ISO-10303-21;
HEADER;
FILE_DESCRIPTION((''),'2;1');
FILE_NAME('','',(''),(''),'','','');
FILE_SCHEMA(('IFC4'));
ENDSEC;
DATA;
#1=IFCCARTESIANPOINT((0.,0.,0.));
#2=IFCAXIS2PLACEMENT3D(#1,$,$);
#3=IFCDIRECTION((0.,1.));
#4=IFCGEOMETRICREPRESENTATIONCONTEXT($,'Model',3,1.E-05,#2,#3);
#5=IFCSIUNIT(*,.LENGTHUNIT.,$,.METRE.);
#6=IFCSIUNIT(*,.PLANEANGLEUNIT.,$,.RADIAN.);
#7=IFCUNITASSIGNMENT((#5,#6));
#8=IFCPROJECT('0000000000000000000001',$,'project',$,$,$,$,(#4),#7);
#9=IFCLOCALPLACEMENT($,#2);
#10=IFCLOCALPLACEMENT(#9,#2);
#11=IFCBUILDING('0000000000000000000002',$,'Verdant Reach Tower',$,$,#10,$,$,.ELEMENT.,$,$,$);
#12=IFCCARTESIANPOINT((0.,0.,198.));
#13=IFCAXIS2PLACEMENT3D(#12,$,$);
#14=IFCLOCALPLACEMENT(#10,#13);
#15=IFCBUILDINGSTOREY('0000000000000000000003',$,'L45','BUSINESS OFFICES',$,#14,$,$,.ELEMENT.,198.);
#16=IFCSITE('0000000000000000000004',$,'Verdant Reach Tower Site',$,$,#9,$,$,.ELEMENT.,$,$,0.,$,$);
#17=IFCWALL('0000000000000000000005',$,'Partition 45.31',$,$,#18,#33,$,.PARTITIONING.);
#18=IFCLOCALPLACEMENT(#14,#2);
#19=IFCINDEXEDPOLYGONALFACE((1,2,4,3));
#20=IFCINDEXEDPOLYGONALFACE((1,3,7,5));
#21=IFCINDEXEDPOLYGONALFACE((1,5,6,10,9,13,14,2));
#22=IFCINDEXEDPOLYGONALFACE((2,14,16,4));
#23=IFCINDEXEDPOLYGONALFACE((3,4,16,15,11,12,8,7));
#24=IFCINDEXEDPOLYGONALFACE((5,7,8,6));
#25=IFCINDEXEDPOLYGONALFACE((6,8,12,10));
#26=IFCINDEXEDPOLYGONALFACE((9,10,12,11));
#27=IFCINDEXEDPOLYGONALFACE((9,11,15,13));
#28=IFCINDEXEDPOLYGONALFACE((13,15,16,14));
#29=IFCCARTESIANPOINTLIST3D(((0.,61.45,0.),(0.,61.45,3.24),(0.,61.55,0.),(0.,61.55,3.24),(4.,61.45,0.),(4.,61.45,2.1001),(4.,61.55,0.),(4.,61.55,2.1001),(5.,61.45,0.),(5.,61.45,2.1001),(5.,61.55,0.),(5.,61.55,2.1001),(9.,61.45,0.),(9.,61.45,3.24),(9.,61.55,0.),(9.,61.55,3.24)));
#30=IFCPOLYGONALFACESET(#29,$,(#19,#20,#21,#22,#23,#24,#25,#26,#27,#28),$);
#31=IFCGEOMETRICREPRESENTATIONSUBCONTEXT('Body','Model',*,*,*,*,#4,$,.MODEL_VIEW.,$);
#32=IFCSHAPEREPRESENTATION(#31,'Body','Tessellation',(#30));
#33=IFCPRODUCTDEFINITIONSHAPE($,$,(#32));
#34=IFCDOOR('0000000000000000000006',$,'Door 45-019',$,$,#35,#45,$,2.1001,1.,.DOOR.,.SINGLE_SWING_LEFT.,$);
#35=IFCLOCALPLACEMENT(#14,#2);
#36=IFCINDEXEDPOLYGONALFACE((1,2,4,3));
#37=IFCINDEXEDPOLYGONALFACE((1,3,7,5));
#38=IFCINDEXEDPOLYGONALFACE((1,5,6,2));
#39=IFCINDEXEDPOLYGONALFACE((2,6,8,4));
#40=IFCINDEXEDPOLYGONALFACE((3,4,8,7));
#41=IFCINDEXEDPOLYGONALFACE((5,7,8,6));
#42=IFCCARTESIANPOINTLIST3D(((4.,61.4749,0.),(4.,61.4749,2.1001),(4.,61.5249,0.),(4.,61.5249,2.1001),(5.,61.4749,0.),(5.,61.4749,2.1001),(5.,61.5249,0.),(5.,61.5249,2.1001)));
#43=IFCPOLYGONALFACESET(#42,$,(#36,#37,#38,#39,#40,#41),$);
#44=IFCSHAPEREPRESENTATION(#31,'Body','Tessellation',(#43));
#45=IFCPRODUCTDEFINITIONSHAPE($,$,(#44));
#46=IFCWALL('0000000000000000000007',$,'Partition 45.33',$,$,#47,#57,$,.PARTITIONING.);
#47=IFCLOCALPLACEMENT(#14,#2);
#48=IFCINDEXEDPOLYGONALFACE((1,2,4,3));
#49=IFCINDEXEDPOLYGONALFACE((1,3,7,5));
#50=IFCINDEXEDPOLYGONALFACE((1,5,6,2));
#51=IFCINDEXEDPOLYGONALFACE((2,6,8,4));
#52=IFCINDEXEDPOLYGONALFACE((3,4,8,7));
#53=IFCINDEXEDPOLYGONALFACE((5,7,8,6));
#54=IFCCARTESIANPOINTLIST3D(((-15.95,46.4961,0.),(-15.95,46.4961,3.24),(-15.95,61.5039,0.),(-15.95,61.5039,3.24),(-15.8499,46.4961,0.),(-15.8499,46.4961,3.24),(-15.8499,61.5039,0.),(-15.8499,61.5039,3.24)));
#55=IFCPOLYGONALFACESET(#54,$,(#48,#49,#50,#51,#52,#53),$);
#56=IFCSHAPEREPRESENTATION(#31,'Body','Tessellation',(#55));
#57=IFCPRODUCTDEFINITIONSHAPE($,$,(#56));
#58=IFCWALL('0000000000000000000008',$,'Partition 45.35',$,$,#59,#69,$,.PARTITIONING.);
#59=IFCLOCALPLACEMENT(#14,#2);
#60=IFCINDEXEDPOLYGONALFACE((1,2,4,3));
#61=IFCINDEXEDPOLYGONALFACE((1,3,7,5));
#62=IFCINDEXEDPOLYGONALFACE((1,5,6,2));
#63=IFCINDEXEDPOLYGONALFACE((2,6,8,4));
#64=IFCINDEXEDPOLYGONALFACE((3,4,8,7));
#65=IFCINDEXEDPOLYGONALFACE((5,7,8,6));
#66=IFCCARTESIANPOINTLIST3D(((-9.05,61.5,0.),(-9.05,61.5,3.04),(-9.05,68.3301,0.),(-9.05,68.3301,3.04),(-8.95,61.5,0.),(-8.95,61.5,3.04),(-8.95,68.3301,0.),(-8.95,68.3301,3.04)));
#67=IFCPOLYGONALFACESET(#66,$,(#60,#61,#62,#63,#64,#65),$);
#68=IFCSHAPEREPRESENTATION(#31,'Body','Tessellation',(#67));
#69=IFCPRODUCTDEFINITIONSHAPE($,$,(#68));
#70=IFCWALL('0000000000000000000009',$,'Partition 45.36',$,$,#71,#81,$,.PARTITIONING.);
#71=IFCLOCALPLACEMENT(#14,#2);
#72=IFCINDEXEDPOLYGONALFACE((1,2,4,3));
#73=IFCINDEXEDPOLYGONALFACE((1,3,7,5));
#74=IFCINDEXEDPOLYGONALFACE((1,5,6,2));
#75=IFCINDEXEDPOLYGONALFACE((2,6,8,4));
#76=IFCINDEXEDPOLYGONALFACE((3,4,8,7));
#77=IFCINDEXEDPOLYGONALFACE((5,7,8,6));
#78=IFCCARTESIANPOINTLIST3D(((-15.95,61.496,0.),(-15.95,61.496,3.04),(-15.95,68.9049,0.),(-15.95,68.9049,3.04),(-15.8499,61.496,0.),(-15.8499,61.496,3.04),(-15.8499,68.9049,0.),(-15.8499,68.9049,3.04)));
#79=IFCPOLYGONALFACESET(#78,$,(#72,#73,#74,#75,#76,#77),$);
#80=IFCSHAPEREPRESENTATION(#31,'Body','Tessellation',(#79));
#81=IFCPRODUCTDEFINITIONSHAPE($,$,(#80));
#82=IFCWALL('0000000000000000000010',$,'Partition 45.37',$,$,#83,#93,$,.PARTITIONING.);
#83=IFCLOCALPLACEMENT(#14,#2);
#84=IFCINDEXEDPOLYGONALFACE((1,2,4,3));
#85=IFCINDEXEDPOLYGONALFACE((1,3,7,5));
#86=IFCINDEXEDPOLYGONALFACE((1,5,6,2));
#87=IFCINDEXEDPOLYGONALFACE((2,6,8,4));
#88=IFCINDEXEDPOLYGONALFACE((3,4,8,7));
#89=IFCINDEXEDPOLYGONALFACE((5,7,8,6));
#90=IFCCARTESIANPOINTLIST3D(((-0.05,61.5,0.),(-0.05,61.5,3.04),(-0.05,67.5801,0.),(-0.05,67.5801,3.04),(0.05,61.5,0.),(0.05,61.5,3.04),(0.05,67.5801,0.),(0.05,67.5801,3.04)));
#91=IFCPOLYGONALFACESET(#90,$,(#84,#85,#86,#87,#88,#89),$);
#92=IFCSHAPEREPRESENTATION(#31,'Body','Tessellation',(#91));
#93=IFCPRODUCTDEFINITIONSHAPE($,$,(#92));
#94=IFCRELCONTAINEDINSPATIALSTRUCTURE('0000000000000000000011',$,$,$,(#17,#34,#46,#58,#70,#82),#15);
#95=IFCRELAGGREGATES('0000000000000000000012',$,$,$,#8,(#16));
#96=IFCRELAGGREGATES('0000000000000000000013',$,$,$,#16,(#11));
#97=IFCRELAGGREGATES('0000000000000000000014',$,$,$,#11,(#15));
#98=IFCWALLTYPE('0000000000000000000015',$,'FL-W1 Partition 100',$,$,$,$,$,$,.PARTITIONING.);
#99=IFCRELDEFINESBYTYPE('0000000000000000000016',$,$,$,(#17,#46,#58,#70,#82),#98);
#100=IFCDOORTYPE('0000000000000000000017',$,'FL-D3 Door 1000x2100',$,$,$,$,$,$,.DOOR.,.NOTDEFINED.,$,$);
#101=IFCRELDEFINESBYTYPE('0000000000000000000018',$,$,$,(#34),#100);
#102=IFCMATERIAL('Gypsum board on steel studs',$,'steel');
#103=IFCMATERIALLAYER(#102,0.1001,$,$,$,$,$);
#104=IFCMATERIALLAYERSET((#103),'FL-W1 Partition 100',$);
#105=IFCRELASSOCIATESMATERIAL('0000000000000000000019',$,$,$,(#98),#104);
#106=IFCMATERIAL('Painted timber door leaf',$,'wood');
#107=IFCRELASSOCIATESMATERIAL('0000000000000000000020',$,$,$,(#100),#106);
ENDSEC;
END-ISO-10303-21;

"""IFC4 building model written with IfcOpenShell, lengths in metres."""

from ifc_helpers import new_model, si_unit, direction, frame, frame_2d, origin, place, context, subcontext, project, spatial, rectangle, extrude, material, layer, layer_set, type_object, element, fill, save


model = new_model("IFC4")

# Units and contexts
model_context = context("Model", 3, precision=1e-05, world=origin(), true_north=direction((0.0, 1.0)))
body_context = subcontext(model_context, "Body", "Model", "MODEL_VIEW")
ifc_project = project(units=[si_unit("LENGTHUNIT", "METRE"), si_unit("PLANEANGLEUNIT", "RADIAN")], contexts=[model_context])

# Site, building, storey
site_placement = place(None, origin())
site = spatial("IfcSite", under=ifc_project, at=site_placement, Name="Verdant Reach Tower Site", CompositionType="ELEMENT", RefElevation=0.0)
building_placement = place(site_placement, origin())
building = spatial("IfcBuilding", under=site, at=building_placement, Name="Verdant Reach Tower", CompositionType="ELEMENT")
storey_placement = place(building_placement, frame((0.0, 0.0, 198.0)))
storey = spatial("IfcBuildingStorey", under=building, at=storey_placement, Name="L45", Description="BUSINESS OFFICES", CompositionType="ELEMENT", Elevation=198.0)

# Wall, opening, door
ifc_material_1 = material(Name="Gypsum board on steel studs", Category="steel")
ifc_layer_1 = layer(ifc_material_1, 0.1001)
ifc_layer_set_1 = layer_set([ifc_layer_1], Name="FL-W1 Partition 100")
wall_type = type_object("IfcWallType", Name="FL-W1 Partition 100", PredefinedType="PARTITIONING", material=ifc_layer_set_1)
ifc_material_2 = material(Name="Painted timber door leaf", Category="wood")
door_type = type_object("IfcDoorType", Name="FL-D3 Door 1000x2100", OperationType="NOTDEFINED", PredefinedType="DOOR", material=ifc_material_2)
wall_1_placement = place(storey_placement, frame((0.0, 61.5, 0.0), z_axis=(0.0, 0.0, 1.0), x_axis=(1.0, 0.0, 0.0)))
wall_1 = element("IfcWall", 1, at=wall_1_placement, inside=storey, type_object=wall_type, Name="Partition 45.31", PredefinedType="PARTITIONING", context=body_context, shape_type="SweptSolid", body=[
    extrude(rectangle(XDim=9.0, YDim=0.1001, at=frame_2d((4.5, 0.0))), origin(), (0.0, 0.0, 1.0), 3.24),
])
opening_1_placement = place(wall_1_placement, frame((4.0, 0.0, 0.0)))
opening_1 = element("IfcOpeningElement", 2, at=opening_1_placement, cuts=wall_1, PredefinedType="OPENING", context=body_context, shape_type="SweptSolid", body=[
    extrude(rectangle(XDim=1.0, YDim=2.1001, at=frame_2d((0.5, 1.05))), frame((0.0, 0.0601, 0.0), z_axis=(0.0, -1.0, 0.0), x_axis=(1.0, 0.0, 0.0)), (0.0, 0.0, 1.0), 0.1201),
])
door_1_placement = place(opening_1_placement, origin())
door_1 = element("IfcDoor", 3, at=door_1_placement, inside=storey, type_object=door_type, Name="Door 45-019", OperationType="SINGLE_SWING_LEFT", OverallHeight=2.1001, OverallWidth=1.0, PredefinedType="DOOR", context=body_context, shape_type="SweptSolid", body=[
    extrude(rectangle(XDim=1.0, YDim=2.1001, at=frame_2d((0.5, 1.05))), frame((0.0, 0.0249, 0.0), z_axis=(0.0, -1.0, 0.0), x_axis=(1.0, 0.0, 0.0)), (0.0, 0.0, 1.0), 0.05),
])
fill(opening_1, door_1)

# Walls
wall_2_placement = place(storey_placement, frame((-15.8999, 61.5039, 0.0), z_axis=(0.0, 0.0, 1.0), x_axis=(0.0, -1.0, 0.0)))
element("IfcWall", 4, at=wall_2_placement, inside=storey, type_object=wall_type, Name="Partition 45.33", PredefinedType="PARTITIONING", context=body_context, shape_type="SweptSolid", body=[
    extrude(rectangle(XDim=15.0078, YDim=0.1001, at=frame_2d((7.5039, 0.0))), origin(), (0.0, 0.0, 1.0), 3.24),
])
wall_3_placement = place(storey_placement, frame((-9.0, 61.5, 0.0), z_axis=(0.0, 0.0, 1.0), x_axis=(0.0, 1.0, 0.0)))
element("IfcWall", 5, at=wall_3_placement, inside=storey, type_object=wall_type, Name="Partition 45.35", PredefinedType="PARTITIONING", context=body_context, shape_type="SweptSolid", body=[
    extrude(rectangle(XDim=6.8301, YDim=0.1001, at=frame_2d((3.415, 0.0))), origin(), (0.0, 0.0, 1.0), 3.04),
])
wall_4_placement = place(storey_placement, frame((-15.8999, 68.905, 0.0), z_axis=(0.0, 0.0, 1.0), x_axis=(0.0, -1.0, 0.0)))
element("IfcWall", 6, at=wall_4_placement, inside=storey, type_object=wall_type, Name="Partition 45.36", PredefinedType="PARTITIONING", context=body_context, shape_type="SweptSolid", body=[
    extrude(rectangle(XDim=7.4089, YDim=0.1001, at=frame_2d((3.7046, 0.0))), origin(), (0.0, 0.0, 1.0), 3.04),
])
wall_5_placement = place(storey_placement, frame((0.0, 61.5, 0.0), z_axis=(0.0, 0.0, 1.0), x_axis=(0.0, 1.0, 0.0)))
element("IfcWall", 7, at=wall_5_placement, inside=storey, type_object=wall_type, Name="Partition 45.37", PredefinedType="PARTITIONING", context=body_context, shape_type="SweptSolid", body=[
    extrude(rectangle(XDim=6.0801, YDim=0.1001, at=frame_2d((3.04, 0.0))), origin(), (0.0, 0.0, 1.0), 3.04),
])

save(model, "model.ifc")
